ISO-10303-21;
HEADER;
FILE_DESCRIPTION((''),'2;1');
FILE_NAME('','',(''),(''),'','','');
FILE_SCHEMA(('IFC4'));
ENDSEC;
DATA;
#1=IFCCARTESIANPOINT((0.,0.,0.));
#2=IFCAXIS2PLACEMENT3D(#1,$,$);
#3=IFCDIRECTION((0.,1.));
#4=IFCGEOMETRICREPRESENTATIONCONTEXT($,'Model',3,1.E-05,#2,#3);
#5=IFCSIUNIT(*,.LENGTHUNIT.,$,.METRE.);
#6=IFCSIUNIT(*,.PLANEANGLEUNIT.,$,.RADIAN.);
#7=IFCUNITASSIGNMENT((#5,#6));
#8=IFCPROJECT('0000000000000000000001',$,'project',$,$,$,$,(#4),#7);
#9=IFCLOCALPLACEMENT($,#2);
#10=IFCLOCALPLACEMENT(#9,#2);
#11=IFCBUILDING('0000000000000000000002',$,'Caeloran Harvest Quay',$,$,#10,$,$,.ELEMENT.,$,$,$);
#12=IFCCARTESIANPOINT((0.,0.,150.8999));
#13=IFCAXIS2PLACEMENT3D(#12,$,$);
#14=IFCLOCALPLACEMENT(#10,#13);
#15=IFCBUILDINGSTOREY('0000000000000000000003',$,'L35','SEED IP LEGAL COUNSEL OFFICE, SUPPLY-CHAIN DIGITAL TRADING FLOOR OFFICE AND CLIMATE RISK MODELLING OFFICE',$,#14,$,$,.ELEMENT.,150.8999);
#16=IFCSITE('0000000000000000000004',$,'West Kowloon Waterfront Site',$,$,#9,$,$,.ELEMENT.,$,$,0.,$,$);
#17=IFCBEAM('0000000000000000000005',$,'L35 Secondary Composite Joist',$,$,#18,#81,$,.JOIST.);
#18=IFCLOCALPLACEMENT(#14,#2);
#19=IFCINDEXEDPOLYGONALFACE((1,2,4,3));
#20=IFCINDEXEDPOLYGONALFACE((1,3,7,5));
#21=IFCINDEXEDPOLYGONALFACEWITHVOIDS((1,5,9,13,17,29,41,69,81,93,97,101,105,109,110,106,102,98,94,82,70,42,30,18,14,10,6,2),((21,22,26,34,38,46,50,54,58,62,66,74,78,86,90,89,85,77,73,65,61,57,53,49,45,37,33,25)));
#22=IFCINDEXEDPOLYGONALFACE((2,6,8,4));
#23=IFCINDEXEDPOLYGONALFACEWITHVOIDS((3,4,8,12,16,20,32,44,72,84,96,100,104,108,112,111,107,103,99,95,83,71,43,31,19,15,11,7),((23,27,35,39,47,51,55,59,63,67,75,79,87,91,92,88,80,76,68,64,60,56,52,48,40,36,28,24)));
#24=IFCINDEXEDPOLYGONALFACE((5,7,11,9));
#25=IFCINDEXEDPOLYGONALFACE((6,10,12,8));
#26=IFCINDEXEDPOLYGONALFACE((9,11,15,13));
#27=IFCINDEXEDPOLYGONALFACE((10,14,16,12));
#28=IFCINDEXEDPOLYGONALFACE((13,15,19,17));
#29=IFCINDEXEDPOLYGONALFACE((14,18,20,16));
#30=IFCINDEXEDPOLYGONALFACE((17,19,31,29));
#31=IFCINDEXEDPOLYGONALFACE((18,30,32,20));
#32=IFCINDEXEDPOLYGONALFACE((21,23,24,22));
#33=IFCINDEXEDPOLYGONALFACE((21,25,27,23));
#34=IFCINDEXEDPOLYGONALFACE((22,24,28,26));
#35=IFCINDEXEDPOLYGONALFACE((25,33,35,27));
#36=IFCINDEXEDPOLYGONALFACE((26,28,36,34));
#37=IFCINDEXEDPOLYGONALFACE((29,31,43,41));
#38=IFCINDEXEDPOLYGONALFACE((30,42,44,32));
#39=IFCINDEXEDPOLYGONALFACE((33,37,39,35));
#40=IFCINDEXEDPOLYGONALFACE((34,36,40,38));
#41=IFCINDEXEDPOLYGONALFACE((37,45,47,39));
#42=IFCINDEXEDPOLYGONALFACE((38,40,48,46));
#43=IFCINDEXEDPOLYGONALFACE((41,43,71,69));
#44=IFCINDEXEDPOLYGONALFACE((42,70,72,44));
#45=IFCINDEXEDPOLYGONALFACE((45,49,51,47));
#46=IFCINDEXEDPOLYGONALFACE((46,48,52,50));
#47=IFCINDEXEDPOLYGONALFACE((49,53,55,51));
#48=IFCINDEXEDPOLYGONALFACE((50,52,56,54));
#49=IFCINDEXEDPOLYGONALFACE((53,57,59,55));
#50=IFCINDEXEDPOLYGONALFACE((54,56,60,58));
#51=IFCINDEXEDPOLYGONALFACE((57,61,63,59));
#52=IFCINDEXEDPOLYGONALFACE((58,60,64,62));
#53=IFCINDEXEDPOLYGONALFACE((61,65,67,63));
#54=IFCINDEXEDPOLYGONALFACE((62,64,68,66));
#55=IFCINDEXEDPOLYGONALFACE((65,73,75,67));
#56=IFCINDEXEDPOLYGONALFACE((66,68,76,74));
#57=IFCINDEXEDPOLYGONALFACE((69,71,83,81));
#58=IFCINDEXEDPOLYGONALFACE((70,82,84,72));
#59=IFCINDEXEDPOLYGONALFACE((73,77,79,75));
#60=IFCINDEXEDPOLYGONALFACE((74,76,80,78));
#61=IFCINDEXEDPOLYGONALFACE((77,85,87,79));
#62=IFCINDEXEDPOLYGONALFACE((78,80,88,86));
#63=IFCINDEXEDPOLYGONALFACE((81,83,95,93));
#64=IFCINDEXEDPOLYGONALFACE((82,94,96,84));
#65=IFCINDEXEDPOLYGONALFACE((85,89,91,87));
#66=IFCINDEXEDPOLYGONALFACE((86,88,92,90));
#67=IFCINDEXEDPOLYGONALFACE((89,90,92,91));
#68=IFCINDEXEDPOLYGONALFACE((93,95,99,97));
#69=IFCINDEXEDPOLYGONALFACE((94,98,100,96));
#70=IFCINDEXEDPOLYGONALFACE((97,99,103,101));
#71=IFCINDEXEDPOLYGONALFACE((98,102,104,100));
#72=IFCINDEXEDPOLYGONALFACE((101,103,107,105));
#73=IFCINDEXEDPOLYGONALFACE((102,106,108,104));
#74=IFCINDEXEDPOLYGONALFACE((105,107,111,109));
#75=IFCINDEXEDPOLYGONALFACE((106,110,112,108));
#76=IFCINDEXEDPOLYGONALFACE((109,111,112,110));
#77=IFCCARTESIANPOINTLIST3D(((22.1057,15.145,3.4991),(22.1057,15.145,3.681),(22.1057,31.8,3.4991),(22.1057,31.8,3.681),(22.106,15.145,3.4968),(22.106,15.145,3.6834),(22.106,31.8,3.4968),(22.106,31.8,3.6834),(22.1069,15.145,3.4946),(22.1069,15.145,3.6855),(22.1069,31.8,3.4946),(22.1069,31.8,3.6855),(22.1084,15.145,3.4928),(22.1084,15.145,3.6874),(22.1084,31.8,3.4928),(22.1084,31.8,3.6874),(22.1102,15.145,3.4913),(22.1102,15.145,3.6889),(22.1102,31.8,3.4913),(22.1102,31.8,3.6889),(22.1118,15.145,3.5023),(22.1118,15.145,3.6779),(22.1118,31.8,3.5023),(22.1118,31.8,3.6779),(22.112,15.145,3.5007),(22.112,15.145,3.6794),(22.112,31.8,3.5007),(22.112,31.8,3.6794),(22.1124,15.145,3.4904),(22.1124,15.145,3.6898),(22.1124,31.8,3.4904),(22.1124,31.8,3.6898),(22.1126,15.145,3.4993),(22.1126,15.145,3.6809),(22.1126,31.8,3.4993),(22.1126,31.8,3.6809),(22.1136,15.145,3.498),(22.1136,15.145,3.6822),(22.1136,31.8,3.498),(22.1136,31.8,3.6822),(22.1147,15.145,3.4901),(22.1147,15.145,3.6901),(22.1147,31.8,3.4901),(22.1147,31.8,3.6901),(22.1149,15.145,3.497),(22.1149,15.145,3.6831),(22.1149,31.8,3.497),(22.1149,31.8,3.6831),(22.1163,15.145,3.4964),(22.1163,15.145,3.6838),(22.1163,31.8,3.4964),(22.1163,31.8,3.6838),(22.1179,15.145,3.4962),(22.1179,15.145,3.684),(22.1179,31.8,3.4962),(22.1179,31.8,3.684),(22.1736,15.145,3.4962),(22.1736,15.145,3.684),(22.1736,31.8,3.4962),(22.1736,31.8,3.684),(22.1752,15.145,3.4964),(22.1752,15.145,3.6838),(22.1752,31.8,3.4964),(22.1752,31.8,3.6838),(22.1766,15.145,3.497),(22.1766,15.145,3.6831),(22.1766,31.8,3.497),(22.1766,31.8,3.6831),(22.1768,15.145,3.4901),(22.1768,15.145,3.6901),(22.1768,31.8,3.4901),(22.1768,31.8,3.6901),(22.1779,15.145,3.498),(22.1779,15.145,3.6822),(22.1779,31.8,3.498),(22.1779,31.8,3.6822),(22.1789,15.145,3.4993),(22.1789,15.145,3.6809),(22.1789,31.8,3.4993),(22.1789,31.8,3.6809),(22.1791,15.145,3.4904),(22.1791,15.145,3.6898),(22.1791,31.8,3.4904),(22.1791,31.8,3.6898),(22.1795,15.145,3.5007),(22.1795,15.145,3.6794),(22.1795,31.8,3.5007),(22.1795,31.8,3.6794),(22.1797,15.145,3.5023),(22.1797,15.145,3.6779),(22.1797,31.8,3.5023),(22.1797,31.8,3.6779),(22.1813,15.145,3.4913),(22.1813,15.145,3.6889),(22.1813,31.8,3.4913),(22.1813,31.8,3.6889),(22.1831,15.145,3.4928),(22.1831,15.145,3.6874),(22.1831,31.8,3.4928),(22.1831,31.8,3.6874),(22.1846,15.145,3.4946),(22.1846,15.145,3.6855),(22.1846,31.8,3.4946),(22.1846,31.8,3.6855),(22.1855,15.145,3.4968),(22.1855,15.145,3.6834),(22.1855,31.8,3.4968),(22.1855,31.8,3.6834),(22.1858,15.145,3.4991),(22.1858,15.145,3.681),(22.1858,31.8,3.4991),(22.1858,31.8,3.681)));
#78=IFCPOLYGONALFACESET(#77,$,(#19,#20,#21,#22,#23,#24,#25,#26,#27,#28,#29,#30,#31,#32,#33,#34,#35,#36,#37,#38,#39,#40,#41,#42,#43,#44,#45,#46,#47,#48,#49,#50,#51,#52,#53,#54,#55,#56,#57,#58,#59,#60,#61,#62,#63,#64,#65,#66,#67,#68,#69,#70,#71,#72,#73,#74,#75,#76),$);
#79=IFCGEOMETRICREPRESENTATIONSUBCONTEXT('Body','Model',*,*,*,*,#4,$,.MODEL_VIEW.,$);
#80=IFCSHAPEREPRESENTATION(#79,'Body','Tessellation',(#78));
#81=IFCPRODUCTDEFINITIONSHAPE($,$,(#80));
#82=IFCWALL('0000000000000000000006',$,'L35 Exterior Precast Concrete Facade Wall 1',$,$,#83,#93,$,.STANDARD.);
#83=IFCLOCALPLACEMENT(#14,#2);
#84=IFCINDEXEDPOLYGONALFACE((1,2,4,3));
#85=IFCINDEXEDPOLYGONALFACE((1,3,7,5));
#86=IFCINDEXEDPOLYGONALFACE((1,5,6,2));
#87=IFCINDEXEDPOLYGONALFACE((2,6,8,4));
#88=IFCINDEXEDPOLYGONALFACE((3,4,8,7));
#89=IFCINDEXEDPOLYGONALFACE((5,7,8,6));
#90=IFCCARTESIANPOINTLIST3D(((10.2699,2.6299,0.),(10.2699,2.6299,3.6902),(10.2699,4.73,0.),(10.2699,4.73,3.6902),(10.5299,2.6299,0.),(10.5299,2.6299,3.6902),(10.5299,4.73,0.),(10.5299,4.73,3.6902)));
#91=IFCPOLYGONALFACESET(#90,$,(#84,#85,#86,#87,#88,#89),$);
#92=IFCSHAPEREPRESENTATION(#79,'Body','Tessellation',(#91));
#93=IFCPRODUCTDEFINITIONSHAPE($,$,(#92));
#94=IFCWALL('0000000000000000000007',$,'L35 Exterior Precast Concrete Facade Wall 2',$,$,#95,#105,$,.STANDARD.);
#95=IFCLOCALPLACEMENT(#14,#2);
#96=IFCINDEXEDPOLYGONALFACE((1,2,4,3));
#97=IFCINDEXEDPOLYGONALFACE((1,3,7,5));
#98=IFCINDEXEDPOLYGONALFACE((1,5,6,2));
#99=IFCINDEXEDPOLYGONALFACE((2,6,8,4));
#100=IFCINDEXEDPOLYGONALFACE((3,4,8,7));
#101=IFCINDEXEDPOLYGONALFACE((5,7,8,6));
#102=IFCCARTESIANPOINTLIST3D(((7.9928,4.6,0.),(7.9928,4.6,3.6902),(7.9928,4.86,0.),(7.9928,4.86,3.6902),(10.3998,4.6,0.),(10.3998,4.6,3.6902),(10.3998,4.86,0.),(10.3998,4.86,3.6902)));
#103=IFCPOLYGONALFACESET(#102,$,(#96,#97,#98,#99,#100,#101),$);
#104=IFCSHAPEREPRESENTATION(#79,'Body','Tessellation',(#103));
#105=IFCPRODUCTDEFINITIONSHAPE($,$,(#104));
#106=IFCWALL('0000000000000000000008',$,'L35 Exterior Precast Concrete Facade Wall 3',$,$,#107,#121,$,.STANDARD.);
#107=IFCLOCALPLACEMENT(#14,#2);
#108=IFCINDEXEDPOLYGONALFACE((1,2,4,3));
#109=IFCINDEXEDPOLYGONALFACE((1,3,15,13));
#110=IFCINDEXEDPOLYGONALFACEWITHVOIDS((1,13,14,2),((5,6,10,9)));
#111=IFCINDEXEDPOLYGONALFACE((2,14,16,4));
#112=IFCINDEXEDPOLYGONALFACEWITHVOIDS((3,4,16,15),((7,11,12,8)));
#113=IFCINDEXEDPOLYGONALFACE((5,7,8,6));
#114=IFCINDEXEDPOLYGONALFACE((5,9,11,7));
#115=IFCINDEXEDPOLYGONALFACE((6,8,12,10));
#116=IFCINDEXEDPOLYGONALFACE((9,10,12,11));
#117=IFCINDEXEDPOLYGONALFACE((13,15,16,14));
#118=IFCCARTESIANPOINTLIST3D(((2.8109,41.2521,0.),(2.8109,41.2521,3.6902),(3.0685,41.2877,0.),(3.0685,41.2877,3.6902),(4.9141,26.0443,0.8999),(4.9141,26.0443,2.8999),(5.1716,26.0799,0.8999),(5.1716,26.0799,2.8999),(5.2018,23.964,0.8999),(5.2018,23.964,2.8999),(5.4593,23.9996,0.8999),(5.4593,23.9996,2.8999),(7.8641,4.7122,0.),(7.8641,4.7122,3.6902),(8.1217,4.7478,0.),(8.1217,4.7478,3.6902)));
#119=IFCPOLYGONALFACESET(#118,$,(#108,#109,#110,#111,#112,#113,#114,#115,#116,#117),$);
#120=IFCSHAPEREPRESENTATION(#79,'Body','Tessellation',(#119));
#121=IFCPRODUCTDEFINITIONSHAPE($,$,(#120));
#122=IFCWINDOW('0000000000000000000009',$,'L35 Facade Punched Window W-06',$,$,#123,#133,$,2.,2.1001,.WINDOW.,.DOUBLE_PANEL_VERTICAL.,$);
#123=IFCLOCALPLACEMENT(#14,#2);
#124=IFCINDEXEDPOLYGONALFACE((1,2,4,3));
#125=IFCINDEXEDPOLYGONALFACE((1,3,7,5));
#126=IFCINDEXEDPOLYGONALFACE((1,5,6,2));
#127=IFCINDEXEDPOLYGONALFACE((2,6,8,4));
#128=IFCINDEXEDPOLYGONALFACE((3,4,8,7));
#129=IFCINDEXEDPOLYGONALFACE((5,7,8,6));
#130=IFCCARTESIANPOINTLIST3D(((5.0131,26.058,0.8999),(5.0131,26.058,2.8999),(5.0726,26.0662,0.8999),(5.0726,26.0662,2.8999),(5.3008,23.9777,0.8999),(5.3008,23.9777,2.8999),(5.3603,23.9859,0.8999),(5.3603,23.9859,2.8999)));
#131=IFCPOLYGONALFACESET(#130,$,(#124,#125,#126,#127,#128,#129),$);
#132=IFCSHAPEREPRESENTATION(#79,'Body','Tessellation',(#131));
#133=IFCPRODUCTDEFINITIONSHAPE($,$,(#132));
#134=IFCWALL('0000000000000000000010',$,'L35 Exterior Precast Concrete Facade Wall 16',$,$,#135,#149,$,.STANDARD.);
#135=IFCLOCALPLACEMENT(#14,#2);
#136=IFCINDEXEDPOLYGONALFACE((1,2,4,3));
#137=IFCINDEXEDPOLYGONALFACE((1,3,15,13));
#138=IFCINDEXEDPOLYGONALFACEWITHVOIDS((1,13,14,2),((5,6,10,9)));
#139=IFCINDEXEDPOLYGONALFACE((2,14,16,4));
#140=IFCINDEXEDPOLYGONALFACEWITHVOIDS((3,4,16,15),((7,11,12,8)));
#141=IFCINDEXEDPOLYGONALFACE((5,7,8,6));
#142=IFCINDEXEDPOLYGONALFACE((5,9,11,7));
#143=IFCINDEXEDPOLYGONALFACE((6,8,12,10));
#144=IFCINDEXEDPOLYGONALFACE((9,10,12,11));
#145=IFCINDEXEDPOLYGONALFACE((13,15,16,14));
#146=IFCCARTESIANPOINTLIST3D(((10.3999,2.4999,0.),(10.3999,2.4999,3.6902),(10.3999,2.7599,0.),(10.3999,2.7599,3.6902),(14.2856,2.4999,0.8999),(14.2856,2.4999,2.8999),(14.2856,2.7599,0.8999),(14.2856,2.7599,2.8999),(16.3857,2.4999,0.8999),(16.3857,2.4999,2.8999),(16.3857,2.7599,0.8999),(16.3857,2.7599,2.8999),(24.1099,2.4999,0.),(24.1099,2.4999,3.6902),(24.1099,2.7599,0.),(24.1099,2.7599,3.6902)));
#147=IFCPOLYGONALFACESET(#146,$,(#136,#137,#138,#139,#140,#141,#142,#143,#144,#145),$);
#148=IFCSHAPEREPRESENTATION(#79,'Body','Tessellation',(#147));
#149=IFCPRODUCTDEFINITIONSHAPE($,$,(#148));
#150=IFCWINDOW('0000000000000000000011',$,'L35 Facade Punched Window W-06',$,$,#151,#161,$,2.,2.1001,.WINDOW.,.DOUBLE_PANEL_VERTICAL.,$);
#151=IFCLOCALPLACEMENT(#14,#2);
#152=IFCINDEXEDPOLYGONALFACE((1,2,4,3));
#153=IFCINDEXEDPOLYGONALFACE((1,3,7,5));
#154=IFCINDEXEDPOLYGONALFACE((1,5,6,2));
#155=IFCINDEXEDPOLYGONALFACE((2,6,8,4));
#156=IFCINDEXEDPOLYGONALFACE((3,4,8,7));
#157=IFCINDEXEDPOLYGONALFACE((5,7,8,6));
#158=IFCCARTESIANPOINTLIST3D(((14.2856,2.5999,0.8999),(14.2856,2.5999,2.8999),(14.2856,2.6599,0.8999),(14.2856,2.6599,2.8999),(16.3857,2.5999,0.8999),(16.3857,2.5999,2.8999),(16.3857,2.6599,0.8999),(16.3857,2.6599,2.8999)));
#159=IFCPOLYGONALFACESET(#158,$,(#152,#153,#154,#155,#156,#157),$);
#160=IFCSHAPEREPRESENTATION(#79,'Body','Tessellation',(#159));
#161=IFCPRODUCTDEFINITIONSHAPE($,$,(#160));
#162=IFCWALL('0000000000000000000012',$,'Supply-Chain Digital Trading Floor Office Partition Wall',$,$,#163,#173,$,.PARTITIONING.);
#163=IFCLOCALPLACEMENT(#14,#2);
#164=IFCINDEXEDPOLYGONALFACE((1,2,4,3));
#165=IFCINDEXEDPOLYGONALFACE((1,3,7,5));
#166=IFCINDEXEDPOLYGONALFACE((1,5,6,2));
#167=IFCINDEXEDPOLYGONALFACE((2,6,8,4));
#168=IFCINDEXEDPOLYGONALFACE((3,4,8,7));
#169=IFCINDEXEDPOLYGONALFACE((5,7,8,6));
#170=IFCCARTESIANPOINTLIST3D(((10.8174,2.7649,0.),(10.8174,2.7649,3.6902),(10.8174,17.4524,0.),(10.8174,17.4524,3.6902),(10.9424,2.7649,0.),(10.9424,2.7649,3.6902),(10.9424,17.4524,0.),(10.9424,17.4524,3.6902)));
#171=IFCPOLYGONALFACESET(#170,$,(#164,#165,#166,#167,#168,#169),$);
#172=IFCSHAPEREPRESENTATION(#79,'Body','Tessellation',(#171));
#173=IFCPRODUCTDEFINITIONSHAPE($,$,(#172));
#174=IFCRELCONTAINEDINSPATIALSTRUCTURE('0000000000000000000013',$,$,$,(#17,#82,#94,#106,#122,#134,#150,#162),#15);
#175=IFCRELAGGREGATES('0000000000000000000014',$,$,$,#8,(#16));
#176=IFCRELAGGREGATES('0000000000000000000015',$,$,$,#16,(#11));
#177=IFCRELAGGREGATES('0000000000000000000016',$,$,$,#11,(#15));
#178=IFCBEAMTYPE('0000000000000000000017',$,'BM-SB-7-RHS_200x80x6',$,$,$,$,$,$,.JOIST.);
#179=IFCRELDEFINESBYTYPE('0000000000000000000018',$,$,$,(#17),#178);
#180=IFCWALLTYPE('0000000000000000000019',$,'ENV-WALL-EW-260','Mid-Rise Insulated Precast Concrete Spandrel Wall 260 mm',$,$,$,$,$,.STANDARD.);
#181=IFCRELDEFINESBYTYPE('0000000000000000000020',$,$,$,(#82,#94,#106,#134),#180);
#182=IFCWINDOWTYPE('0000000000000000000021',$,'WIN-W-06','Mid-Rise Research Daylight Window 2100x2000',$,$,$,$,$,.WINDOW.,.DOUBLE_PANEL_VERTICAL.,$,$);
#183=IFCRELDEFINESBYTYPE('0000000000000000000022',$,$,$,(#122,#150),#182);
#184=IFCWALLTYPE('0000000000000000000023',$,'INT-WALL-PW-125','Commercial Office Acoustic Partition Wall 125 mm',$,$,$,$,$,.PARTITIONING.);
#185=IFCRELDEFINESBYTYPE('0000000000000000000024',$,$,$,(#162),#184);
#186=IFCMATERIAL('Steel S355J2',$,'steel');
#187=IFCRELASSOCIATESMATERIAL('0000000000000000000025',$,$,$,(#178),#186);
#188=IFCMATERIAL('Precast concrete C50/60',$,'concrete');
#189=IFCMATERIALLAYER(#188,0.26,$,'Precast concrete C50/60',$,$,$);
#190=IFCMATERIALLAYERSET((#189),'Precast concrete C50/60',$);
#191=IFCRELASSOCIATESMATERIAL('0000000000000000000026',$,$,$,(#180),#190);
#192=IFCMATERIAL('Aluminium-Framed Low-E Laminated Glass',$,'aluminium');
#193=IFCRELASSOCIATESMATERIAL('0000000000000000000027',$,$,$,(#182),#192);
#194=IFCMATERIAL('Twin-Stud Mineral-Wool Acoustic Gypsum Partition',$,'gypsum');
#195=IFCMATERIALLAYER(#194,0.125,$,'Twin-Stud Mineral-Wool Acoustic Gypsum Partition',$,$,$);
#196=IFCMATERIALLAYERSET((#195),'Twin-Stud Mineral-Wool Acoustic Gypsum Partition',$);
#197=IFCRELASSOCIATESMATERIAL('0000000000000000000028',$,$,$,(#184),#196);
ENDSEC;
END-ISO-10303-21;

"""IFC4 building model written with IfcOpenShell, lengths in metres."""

from ifc_helpers import new_model, si_unit, direction, frame, frame_2d, origin, origin_2d, place, context, subcontext, project, spatial, rectangle, hollow_rectangle, extrude, material, layer, layer_set, material_profile, profile_set, type_object, element, fill, save


model = new_model("IFC4")

# Units and contexts
model_context = context("Model", 3, precision=1e-05, world=origin(), true_north=direction((0.0, 1.0)))
body_context = subcontext(model_context, "Body", "Model", "MODEL_VIEW")
ifc_project = project(units=[si_unit("LENGTHUNIT", "METRE"), si_unit("PLANEANGLEUNIT", "RADIAN")], contexts=[model_context])

# Site, building, storey
site_placement = place(None, origin())
site = spatial("IfcSite", under=ifc_project, at=site_placement, Name="West Kowloon Waterfront Site", CompositionType="ELEMENT", RefElevation=0.0)
building_placement = place(site_placement, origin())
building = spatial("IfcBuilding", under=site, at=building_placement, Name="Caeloran Harvest Quay", CompositionType="ELEMENT")
storey_placement = place(building_placement, frame((0.0, 0.0, 150.8999)))
storey = spatial("IfcBuildingStorey", under=building, at=storey_placement, Name="L35", Description="SEED IP LEGAL COUNSEL OFFICE, SUPPLY-CHAIN DIGITAL TRADING FLOOR OFFICE AND CLIMATE RISK MODELLING OFFICE", CompositionType="ELEMENT", Elevation=150.8999)

# Beam
ifc_material_1 = material(Name="Steel S355J2", Category="steel")
ifc_material_profile_1 = material_profile(ifc_material_1, hollow_rectangle(XDim=0.0801, YDim=0.2, WallThickness=0.0061, InnerFilletRadius=0.0061, OuterFilletRadius=0.009, at=origin_2d()), Name="RHS 200x80x6")
ifc_profile_set_1 = profile_set([ifc_material_profile_1], Name="Steel S355J2")
beam_type_1 = type_object("IfcBeamType", Name="BM-SB-7-RHS_200x80x6", PredefinedType="JOIST", material=ifc_profile_set_1)
for number, where, z_axis, x_axis, name in (
    (1, (22.1458, 15.145, 3.5901), (0.0, 1.0, 0.0), (-1.0, 0.0, 0.0), "L35 Secondary Composite Joist"),
):
    element("IfcBeam", number, at=place(storey_placement, frame(where, z_axis=z_axis, x_axis=x_axis)), inside=storey, type_object=beam_type_1, Name=name, PredefinedType="JOIST", context=body_context, shape_type="SweptSolid", body=[
        extrude(hollow_rectangle(XDim=0.0801, YDim=0.2, WallThickness=0.0061, InnerFilletRadius=0.0061, OuterFilletRadius=0.009, at=origin_2d()), origin(), (0.0, 0.0, 1.0), 16.655),
    ])

# Walls
ifc_material_2 = material(Name="Precast concrete C50/60", Category="concrete")
ifc_layer_1 = layer(ifc_material_2, 0.26, Name="Precast concrete C50/60")
ifc_layer_set_1 = layer_set([ifc_layer_1], Name="Precast concrete C50/60")
wall_type_1 = type_object("IfcWallType", Name="ENV-WALL-EW-260", Description="Mid-Rise Insulated Precast Concrete Spandrel Wall 260 mm", PredefinedType="STANDARD", material=ifc_layer_set_1)
wall_1_placement = place(storey_placement, frame((10.3999, 2.6299, 0.0), z_axis=(0.0, 0.0, 1.0), x_axis=(0.0, 1.0, 0.0)))
element("IfcWall", 2, at=wall_1_placement, inside=storey, type_object=wall_type_1, Name="L35 Exterior Precast Concrete Facade Wall 1", PredefinedType="STANDARD", context=body_context, shape_type="SweptSolid", body=[
    extrude(rectangle(XDim=2.1001, YDim=0.26, at=frame_2d((1.05, 0.0))), origin(), (0.0, 0.0, 1.0), 3.6902),
])
wall_2_placement = place(storey_placement, frame((10.3999, 4.73, 0.0), z_axis=(0.0, 0.0, 1.0), x_axis=(-1.0, 0.0, 0.0)))
element("IfcWall", 3, at=wall_2_placement, inside=storey, type_object=wall_type_1, Name="L35 Exterior Precast Concrete Facade Wall 2", PredefinedType="STANDARD", context=body_context, shape_type="SweptSolid", body=[
    extrude(rectangle(XDim=2.407, YDim=0.26, at=frame_2d((1.2036, 0.0))), origin(), (0.0, 0.0, 1.0), 3.6902),
])

# Walls, openings, windows
wall_3_placement = place(storey_placement, frame((7.9929, 4.73, 0.0), z_axis=(0.0, 0.0, 1.0), x_axis=(-0.136989, 0.990573, 0.0)))
wall_3 = element("IfcWall", 4, at=wall_3_placement, inside=storey, type_object=wall_type_1, Name="L35 Exterior Precast Concrete Facade Wall 3", PredefinedType="STANDARD", context=body_context, shape_type="SweptSolid", body=[
    extrude(rectangle(XDim=36.8877, YDim=0.26, at=frame_2d((18.4438, 0.0))), origin(), (0.0, 0.0, 1.0), 3.6902),
])
opening_1_placement = place(wall_3_placement, frame((19.4351, 0.0, 0.8999)))
opening_1 = element("IfcOpeningElement", 5, at=opening_1_placement, cuts=wall_3, PredefinedType="OPENING", context=body_context, shape_type="SweptSolid", body=[
    extrude(rectangle(XDim=2.1001, YDim=2.0, at=frame_2d((1.05, 1.0))), frame((0.0, 0.1401, 0.0), z_axis=(0.0, -1.0, 0.0), x_axis=(1.0, 0.0, 0.0)), (0.0, 0.0, 1.0), 0.28),
])
ifc_material_3 = material(Name="Aluminium-Framed Low-E Laminated Glass", Category="aluminium")
window_type = type_object("IfcWindowType", Name="WIN-W-06", Description="Mid-Rise Research Daylight Window 2100x2000", PartitioningType="DOUBLE_PANEL_VERTICAL", PredefinedType="WINDOW", material=ifc_material_3)
window_1_placement = place(opening_1_placement, origin())
window_1 = element("IfcWindow", 6, at=window_1_placement, inside=storey, type_object=window_type, Name="L35 Facade Punched Window W-06", OverallHeight=2.0, OverallWidth=2.1001, PartitioningType="DOUBLE_PANEL_VERTICAL", PredefinedType="WINDOW", context=body_context, shape_type="SweptSolid", body=[
    extrude(rectangle(XDim=2.1001, YDim=2.0, at=frame_2d((1.05, 1.0))), frame((0.0, 0.03, 0.0), z_axis=(0.0, -1.0, 0.0), x_axis=(1.0, 0.0, 0.0)), (0.0, 0.0, 1.0), 0.0601),
])
fill(opening_1, window_1)
wall_4_placement = place(storey_placement, frame((24.1099, 2.6299, 0.0), z_axis=(0.0, 0.0, 1.0), x_axis=(-1.0, 0.0, 0.0)))
wall_4 = element("IfcWall", 7, at=wall_4_placement, inside=storey, type_object=wall_type_1, Name="L35 Exterior Precast Concrete Facade Wall 16", PredefinedType="STANDARD", context=body_context, shape_type="SweptSolid", body=[
    extrude(rectangle(XDim=13.71, YDim=0.26, at=frame_2d((6.855, 0.0))), origin(), (0.0, 0.0, 1.0), 3.6902),
])
opening_2_placement = place(wall_4_placement, frame((7.7241, 0.0, 0.8999)))
opening_2 = element("IfcOpeningElement", 8, at=opening_2_placement, cuts=wall_4, PredefinedType="OPENING", context=body_context, shape_type="SweptSolid", body=[
    extrude(rectangle(XDim=2.1001, YDim=2.0, at=frame_2d((1.05, 1.0))), frame((0.0, 0.1401, 0.0), z_axis=(0.0, -1.0, 0.0), x_axis=(1.0, 0.0, 0.0)), (0.0, 0.0, 1.0), 0.28),
])
window_2_placement = place(opening_2_placement, origin())
window_2 = element("IfcWindow", 9, at=window_2_placement, inside=storey, type_object=window_type, Name="L35 Facade Punched Window W-06", OverallHeight=2.0, OverallWidth=2.1001, PartitioningType="DOUBLE_PANEL_VERTICAL", PredefinedType="WINDOW", context=body_context, shape_type="SweptSolid", body=[
    extrude(rectangle(XDim=2.1001, YDim=2.0, at=frame_2d((1.05, 1.0))), frame((0.0, 0.03, 0.0), z_axis=(0.0, -1.0, 0.0), x_axis=(1.0, 0.0, 0.0)), (0.0, 0.0, 1.0), 0.0601),
])
fill(opening_2, window_2)

# Wall
ifc_material_4 = material(Name="Twin-Stud Mineral-Wool Acoustic Gypsum Partition", Category="gypsum")
ifc_layer_2 = layer(ifc_material_4, 0.125, Name="Twin-Stud Mineral-Wool Acoustic Gypsum Partition")
ifc_layer_set_2 = layer_set([ifc_layer_2], Name="Twin-Stud Mineral-Wool Acoustic Gypsum Partition")
wall_type_2 = type_object("IfcWallType", Name="INT-WALL-PW-125", Description="Commercial Office Acoustic Partition Wall 125 mm", PredefinedType="PARTITIONING", material=ifc_layer_set_2)
wall_5_placement = place(storey_placement, frame((10.8799, 2.7649, 0.0), z_axis=(0.0, 0.0, 1.0), x_axis=(0.0, 1.0, 0.0)))
element("IfcWall", 10, at=wall_5_placement, inside=storey, type_object=wall_type_2, Name="Supply-Chain Digital Trading Floor Office Partition Wall", PredefinedType="PARTITIONING", context=body_context, shape_type="SweptSolid", body=[
    extrude(rectangle(XDim=14.6875, YDim=0.125, at=frame_2d((7.3438, 0.0))), origin(), (0.0, 0.0, 1.0), 3.6902),
])

save(model, "model.ifc")
